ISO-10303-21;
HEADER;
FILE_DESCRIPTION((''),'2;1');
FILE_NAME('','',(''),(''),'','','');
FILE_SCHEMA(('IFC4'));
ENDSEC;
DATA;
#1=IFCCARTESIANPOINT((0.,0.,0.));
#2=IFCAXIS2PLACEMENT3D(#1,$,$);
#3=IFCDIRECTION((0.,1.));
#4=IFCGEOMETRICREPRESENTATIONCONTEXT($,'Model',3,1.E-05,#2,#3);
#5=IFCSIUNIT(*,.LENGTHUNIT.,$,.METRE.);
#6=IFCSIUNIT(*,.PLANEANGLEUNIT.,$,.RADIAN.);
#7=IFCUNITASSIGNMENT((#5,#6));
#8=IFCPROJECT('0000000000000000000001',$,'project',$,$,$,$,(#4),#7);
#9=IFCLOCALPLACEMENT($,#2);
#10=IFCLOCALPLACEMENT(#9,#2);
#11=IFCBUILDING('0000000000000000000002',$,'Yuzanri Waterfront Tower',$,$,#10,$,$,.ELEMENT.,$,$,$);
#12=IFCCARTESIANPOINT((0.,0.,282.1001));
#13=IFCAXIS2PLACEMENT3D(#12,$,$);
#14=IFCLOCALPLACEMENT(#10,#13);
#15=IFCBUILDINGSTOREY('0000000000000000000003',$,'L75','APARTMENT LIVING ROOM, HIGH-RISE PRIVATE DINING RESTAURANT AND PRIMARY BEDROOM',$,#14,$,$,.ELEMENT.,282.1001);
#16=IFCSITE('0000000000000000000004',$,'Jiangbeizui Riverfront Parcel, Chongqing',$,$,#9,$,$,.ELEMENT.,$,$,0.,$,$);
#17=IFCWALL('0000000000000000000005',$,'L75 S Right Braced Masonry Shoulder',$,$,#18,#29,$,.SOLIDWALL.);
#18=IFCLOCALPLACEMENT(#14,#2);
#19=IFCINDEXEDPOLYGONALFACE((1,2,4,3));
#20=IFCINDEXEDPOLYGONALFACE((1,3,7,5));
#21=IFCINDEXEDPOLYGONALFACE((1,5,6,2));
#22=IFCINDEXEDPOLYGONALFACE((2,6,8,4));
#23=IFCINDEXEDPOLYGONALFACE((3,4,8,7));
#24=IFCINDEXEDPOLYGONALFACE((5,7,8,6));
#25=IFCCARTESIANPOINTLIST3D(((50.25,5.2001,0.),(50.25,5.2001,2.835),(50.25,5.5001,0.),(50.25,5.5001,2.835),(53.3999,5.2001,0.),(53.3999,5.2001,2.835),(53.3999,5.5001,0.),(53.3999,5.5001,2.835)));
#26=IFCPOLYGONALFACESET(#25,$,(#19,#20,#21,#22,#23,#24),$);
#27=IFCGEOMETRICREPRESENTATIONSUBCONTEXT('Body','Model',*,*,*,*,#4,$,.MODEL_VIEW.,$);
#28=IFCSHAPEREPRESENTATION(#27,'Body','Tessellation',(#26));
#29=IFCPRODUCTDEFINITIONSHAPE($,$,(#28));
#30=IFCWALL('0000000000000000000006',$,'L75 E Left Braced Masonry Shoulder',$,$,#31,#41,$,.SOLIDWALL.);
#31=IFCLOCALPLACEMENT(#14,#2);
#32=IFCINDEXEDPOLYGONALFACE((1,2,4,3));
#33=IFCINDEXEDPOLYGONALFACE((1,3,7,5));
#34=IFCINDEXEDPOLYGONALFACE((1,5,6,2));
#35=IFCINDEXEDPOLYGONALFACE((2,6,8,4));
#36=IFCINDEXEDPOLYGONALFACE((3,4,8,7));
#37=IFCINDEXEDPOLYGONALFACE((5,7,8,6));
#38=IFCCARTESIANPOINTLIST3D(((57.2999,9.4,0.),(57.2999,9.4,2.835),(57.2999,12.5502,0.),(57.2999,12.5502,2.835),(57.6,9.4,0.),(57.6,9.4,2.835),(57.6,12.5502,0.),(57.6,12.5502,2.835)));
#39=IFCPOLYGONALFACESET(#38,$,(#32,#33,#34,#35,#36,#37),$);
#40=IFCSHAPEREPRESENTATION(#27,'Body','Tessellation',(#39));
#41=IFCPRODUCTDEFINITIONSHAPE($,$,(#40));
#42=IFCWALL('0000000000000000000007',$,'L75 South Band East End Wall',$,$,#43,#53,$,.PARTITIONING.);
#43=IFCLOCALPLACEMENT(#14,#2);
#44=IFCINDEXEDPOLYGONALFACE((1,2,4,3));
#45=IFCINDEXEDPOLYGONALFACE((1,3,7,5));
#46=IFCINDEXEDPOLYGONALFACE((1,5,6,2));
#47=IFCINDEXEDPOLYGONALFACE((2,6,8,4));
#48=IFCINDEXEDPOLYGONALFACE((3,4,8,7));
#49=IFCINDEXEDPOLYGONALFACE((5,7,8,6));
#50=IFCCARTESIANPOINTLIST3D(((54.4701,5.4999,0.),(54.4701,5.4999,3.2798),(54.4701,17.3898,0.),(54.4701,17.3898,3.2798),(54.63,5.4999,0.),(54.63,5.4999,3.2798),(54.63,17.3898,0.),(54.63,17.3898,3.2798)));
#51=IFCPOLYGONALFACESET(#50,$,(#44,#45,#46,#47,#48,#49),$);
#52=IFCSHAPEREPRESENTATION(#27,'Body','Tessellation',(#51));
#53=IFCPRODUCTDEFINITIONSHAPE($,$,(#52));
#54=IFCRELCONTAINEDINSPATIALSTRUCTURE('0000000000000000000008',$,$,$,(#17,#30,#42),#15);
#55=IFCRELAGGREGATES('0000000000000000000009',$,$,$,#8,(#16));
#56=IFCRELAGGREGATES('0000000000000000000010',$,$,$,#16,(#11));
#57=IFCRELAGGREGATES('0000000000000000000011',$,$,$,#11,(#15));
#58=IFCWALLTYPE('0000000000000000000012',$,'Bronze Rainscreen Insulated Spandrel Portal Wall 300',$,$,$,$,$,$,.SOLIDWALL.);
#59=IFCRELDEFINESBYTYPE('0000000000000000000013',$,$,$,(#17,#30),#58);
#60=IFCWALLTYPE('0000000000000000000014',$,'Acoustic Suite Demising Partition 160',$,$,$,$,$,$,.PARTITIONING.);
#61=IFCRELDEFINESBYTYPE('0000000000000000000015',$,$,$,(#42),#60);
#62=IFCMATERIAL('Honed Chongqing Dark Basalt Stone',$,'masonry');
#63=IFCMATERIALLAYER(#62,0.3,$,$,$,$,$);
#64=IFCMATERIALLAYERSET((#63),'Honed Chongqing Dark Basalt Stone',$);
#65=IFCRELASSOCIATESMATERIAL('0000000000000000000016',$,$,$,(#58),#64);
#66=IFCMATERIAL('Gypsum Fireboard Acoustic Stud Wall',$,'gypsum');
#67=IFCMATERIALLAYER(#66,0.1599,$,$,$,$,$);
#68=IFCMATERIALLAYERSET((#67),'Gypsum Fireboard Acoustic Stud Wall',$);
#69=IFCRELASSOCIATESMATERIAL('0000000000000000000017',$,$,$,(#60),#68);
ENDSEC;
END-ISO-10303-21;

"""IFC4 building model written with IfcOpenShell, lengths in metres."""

from ifc_helpers import new_model, si_unit, direction, frame, frame_2d, origin, place, context, subcontext, project, spatial, rectangle, extrude, source, transform, mapped, material, layer, layer_set, type_object, element, save


model = new_model("IFC4")

# Units and contexts
model_context = context("Model", 3, precision=1e-05, world=origin(), true_north=direction((0.0, 1.0)))
body_context = subcontext(model_context, "Body", "Model", "MODEL_VIEW")
ifc_project = project(units=[si_unit("LENGTHUNIT", "METRE"), si_unit("PLANEANGLEUNIT", "RADIAN")], contexts=[model_context])

# Site, building, storey
site_placement = place(None, origin())
site = spatial("IfcSite", under=ifc_project, at=site_placement, Name="Jiangbeizui Riverfront Parcel, Chongqing", CompositionType="ELEMENT", RefElevation=0.0)
building_placement = place(site_placement, origin())
building = spatial("IfcBuilding", under=site, at=building_placement, Name="Yuzanri Waterfront Tower", CompositionType="ELEMENT")
storey_placement = place(building_placement, frame((0.0, 0.0, 282.1001)))
storey = spatial("IfcBuildingStorey", under=building, at=storey_placement, Name="L75", Description="APARTMENT LIVING ROOM, HIGH-RISE PRIVATE DINING RESTAURANT AND PRIMARY BEDROOM", CompositionType="ELEMENT", Elevation=282.1001)

# Shared definitions
ifc_material_1 = material(Name="Honed Chongqing Dark Basalt Stone", Category="masonry")
ifc_layer_1 = layer(ifc_material_1, 0.3)
ifc_layer_set_1 = layer_set([ifc_layer_1], Name="Honed Chongqing Dark Basalt Stone")
wall_type_1 = type_object("IfcWallType", Name="Bronze Rainscreen Insulated Spandrel Portal Wall 300", PredefinedType="SOLIDWALL", material=ifc_layer_set_1)

# Walls
shared_shape_1 = source(origin(), body_context, "Body", "SweptSolid", [
    extrude(rectangle(XDim=3.1499, YDim=0.3, at=frame_2d((1.575, 0.0))), origin(), (0.0, 0.0, 1.0), 2.835),
])
wall_1_placement = place(storey_placement, frame((50.25, 5.3501, 0.0), z_axis=(0.0, 0.0, 1.0), x_axis=(1.0, 0.0, 0.0)))
element("IfcWall", 1, at=wall_1_placement, inside=storey, type_object=wall_type_1, Name="L75 S Right Braced Masonry Shoulder", PredefinedType="SOLIDWALL", context=body_context, shape_type="MappedRepresentation", body=[
    mapped(shared_shape_1, transform((0.0, 0.0, 0.0), scale=1.0)),
])
shared_shape_2 = source(origin(), body_context, "Body", "SweptSolid", [
    extrude(rectangle(XDim=3.1501, YDim=0.3, at=frame_2d((1.5752, 0.0))), origin(), (0.0, 0.0, 1.0), 2.835),
])
wall_2_placement = place(storey_placement, frame((57.45, 9.3999, 0.0), z_axis=(0.0, 0.0, 1.0), x_axis=(0.0, 1.0, 0.0)))
element("IfcWall", 2, at=wall_2_placement, inside=storey, type_object=wall_type_1, Name="L75 E Left Braced Masonry Shoulder", PredefinedType="SOLIDWALL", context=body_context, shape_type="MappedRepresentation", body=[
    mapped(shared_shape_2, transform((0.0, 0.0, 0.0), scale=1.0)),
])
ifc_material_2 = material(Name="Gypsum Fireboard Acoustic Stud Wall", Category="gypsum")
ifc_layer_2 = layer(ifc_material_2, 0.1599)
ifc_layer_set_2 = layer_set([ifc_layer_2], Name="Gypsum Fireboard Acoustic Stud Wall")
wall_type_2 = type_object("IfcWallType", Name="Acoustic Suite Demising Partition 160", PredefinedType="PARTITIONING", material=ifc_layer_set_2)
shared_shape_3 = source(origin(), body_context, "Body", "SweptSolid", [
    extrude(rectangle(XDim=11.8899, YDim=0.1599, at=frame_2d((5.9448, 0.0))), origin(), (0.0, 0.0, 1.0), 3.2798),
])
wall_3_placement = place(storey_placement, frame((54.55, 5.5, 0.0), z_axis=(0.0, 0.0, 1.0), x_axis=(0.0, 1.0, 0.0)))
element("IfcWall", 3, at=wall_3_placement, inside=storey, type_object=wall_type_2, Name="L75 South Band East End Wall", PredefinedType="PARTITIONING", context=body_context, shape_type="MappedRepresentation", body=[
    mapped(shared_shape_3, transform((0.0, 0.0, 0.0), scale=1.0)),
])

save(model, "model.ifc")
